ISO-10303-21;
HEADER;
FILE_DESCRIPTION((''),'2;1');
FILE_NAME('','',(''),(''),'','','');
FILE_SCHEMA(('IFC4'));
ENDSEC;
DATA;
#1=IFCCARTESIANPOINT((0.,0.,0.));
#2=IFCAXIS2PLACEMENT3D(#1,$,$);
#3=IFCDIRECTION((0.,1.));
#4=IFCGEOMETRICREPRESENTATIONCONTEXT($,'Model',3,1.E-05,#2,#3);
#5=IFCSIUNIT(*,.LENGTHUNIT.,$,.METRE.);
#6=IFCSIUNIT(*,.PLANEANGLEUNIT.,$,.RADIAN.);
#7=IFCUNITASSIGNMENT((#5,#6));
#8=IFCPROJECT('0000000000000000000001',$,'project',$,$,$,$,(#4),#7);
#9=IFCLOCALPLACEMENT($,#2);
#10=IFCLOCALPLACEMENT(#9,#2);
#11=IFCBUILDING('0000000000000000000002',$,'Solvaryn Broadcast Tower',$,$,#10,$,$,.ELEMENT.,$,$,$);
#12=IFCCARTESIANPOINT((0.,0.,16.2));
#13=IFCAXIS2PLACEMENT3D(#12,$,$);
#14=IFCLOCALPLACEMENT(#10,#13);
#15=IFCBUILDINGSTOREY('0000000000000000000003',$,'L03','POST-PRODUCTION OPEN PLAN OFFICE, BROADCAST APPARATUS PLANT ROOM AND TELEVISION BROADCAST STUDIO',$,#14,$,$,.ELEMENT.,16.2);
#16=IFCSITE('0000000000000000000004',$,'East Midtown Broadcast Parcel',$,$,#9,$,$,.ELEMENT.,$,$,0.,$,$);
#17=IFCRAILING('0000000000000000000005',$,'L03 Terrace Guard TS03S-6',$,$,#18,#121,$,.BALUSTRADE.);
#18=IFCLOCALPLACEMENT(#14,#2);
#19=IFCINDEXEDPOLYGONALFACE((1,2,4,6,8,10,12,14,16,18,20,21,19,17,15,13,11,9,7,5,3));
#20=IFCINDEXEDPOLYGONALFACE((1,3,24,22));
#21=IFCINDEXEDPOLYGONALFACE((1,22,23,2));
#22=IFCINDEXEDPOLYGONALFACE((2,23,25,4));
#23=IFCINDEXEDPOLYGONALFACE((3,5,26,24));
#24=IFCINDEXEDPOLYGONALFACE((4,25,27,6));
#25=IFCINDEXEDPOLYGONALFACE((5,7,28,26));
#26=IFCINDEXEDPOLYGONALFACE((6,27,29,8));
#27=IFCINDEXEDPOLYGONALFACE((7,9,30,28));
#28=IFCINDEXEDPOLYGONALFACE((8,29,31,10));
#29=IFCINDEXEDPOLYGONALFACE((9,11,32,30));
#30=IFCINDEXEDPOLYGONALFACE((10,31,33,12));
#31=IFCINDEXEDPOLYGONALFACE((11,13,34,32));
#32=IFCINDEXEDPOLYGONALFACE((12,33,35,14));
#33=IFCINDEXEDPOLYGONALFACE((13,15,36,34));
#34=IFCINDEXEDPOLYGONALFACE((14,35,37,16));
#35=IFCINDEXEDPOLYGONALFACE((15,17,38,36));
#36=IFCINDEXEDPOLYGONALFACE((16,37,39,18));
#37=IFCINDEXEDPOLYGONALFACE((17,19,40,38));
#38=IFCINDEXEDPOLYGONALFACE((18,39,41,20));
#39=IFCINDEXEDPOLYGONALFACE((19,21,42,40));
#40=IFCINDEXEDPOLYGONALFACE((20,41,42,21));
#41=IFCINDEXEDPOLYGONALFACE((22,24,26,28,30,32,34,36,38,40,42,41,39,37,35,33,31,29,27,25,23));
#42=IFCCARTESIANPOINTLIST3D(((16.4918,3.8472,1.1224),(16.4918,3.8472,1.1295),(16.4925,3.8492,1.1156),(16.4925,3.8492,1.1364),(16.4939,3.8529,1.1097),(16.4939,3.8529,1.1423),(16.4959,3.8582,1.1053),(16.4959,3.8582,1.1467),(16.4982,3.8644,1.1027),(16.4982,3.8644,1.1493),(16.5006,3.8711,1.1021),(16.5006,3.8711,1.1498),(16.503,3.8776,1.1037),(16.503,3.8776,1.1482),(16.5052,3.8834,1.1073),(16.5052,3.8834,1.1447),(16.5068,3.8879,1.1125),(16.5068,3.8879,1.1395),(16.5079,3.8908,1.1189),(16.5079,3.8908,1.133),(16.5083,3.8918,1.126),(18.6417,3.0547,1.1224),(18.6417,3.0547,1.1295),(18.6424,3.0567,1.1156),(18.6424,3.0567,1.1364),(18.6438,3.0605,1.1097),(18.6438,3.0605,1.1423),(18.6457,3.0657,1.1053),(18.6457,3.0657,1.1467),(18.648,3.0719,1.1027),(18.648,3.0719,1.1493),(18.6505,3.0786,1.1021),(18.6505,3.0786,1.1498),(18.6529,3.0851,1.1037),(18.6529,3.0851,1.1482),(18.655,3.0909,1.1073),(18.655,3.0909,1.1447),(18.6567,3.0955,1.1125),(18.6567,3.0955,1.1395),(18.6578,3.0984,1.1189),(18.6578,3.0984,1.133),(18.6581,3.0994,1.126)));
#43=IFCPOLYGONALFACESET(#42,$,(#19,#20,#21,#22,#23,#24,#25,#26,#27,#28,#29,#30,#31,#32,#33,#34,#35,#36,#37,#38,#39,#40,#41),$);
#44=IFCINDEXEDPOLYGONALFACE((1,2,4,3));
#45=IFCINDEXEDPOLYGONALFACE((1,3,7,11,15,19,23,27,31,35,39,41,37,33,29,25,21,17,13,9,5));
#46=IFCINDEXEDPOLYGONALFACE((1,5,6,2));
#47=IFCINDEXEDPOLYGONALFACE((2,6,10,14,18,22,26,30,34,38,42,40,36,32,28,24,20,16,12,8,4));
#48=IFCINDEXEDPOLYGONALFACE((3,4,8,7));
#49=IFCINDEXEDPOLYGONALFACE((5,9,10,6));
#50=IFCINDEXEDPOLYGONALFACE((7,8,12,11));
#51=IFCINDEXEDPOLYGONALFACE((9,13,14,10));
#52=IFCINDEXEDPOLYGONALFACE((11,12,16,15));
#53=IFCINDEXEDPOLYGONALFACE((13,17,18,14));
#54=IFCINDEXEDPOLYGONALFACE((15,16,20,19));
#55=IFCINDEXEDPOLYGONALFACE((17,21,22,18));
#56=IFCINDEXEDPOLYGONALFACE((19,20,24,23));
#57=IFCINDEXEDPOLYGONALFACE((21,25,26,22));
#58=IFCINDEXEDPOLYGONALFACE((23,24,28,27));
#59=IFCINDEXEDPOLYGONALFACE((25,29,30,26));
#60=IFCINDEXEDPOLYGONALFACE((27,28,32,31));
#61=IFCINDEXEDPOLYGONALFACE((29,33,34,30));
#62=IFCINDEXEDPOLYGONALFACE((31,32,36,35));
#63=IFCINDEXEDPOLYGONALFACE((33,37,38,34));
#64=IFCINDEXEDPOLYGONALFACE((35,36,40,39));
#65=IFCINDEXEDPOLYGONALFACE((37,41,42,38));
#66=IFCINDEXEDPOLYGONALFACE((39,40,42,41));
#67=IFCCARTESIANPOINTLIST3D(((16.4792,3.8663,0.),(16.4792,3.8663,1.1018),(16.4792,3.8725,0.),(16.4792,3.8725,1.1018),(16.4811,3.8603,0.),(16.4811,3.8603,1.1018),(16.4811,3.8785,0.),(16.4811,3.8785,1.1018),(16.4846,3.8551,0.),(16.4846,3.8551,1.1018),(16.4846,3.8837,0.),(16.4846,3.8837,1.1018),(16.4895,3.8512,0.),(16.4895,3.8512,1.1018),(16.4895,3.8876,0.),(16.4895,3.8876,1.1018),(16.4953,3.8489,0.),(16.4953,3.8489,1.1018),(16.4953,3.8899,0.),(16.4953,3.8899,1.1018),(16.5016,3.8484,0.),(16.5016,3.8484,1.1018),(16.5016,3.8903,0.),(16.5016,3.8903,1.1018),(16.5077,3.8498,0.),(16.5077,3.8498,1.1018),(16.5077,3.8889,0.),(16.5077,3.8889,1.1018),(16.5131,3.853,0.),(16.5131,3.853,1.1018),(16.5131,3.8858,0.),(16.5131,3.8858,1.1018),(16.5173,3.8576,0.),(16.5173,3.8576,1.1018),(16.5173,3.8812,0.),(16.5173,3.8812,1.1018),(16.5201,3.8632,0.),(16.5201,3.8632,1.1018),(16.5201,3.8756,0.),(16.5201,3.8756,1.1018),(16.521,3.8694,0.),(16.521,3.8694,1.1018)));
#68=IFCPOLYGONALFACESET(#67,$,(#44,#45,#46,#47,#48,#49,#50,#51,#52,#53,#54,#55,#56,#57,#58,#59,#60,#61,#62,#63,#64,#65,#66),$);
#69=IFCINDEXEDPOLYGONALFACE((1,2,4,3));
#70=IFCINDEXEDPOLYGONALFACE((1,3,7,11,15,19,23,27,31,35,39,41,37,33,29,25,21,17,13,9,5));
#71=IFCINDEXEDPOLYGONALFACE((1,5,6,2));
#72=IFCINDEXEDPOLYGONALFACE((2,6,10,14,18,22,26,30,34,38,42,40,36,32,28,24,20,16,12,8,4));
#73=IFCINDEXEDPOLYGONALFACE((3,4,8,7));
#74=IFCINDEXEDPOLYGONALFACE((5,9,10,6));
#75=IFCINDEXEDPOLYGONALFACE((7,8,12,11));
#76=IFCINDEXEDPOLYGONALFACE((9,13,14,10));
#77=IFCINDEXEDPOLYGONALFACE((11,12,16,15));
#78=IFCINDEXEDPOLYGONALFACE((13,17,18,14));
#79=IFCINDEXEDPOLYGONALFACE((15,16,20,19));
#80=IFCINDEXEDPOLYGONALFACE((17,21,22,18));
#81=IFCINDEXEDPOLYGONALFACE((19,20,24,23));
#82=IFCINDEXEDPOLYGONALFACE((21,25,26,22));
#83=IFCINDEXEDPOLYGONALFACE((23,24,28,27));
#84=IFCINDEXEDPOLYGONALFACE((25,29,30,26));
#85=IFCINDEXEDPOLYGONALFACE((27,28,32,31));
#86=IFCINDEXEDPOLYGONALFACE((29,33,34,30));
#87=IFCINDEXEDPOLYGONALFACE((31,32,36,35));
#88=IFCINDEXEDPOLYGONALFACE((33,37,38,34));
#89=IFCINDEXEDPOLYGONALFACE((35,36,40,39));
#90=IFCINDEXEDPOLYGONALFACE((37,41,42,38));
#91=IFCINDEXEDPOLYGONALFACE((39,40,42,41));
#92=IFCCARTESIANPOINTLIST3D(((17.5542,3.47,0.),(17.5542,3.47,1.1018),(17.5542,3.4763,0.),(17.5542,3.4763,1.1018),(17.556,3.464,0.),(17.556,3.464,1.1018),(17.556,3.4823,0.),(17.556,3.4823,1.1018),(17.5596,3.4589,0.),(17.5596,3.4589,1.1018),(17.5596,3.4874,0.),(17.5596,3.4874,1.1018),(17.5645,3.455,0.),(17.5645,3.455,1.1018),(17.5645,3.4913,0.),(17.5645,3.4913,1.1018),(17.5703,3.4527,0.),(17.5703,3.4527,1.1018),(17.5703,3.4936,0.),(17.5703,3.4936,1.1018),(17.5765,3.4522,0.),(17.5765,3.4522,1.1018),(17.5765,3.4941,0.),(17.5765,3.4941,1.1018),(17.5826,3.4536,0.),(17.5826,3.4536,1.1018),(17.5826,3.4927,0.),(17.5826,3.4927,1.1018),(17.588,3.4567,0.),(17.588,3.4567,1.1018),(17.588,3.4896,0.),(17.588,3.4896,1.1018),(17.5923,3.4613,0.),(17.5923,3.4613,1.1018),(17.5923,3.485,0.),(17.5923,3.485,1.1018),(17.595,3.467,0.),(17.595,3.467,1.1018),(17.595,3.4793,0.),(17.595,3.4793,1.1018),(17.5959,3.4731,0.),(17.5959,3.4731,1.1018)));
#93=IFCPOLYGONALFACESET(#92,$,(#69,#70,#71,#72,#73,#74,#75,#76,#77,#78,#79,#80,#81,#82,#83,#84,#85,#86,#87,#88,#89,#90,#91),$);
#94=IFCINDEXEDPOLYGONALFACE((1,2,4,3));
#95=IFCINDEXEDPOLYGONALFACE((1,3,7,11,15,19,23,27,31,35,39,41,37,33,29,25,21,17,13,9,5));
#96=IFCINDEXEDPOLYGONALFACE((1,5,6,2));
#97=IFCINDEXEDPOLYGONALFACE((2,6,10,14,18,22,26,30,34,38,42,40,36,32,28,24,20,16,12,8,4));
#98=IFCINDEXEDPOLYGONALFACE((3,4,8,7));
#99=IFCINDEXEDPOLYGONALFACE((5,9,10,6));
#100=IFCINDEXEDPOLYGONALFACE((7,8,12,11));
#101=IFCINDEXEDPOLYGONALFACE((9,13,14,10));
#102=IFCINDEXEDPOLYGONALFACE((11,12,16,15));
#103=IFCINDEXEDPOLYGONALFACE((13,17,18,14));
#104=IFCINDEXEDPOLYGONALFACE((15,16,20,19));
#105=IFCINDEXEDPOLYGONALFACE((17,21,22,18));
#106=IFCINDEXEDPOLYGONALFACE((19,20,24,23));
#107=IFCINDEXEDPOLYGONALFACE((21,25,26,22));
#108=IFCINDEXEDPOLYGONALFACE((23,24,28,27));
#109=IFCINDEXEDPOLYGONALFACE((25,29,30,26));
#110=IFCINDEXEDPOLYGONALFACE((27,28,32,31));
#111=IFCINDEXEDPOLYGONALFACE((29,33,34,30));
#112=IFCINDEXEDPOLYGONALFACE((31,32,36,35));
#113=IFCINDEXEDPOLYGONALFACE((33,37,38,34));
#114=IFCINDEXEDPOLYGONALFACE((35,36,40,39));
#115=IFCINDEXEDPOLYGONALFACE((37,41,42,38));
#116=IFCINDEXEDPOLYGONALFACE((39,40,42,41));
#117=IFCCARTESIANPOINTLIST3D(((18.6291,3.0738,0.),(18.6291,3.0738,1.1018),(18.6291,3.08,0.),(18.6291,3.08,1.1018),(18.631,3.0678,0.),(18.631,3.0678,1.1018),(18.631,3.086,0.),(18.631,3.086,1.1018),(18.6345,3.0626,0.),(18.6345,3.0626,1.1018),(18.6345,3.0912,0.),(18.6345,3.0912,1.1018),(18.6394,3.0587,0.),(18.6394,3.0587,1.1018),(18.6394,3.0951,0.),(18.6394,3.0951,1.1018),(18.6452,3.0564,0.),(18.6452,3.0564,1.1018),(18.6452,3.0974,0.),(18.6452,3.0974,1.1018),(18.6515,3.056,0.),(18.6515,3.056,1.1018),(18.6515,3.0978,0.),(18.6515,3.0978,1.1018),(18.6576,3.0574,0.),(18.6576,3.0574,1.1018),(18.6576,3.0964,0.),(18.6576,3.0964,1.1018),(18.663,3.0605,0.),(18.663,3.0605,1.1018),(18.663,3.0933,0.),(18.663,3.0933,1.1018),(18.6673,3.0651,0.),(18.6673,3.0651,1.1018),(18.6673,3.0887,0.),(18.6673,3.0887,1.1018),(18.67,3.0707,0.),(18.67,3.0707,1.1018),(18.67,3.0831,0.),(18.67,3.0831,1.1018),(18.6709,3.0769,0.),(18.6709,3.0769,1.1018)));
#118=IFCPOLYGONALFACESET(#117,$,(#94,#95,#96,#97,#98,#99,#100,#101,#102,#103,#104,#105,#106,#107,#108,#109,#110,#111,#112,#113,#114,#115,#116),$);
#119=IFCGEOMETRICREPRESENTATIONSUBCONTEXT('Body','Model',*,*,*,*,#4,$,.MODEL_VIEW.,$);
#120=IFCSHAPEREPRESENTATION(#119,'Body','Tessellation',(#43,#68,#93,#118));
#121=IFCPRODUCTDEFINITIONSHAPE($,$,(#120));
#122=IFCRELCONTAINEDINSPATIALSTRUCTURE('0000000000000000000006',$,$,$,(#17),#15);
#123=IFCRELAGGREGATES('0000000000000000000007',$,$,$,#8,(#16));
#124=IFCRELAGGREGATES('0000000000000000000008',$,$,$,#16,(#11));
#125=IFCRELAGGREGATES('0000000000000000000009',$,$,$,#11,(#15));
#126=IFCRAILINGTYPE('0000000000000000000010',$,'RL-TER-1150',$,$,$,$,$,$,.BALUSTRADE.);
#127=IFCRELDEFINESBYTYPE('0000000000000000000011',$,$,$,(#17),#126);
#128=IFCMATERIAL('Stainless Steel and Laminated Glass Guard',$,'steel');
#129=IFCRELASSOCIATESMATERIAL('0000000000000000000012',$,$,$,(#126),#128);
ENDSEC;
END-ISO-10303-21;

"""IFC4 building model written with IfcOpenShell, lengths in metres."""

from ifc_helpers import new_model, si_unit, direction, frame, origin, origin_2d, place, context, subcontext, project, spatial, circle, extrude, material, type_object, element, save


model = new_model("IFC4")

# Units and contexts
model_context = context("Model", 3, precision=1e-05, world=origin(), true_north=direction((0.0, 1.0)))
body_context = subcontext(model_context, "Body", "Model", "MODEL_VIEW")
ifc_project = project(units=[si_unit("LENGTHUNIT", "METRE"), si_unit("PLANEANGLEUNIT", "RADIAN")], contexts=[model_context])

# Site, building, storey
site_placement = place(None, origin())
site = spatial("IfcSite", under=ifc_project, at=site_placement, Name="East Midtown Broadcast Parcel", CompositionType="ELEMENT", RefElevation=0.0)
building_placement = place(site_placement, origin())
building = spatial("IfcBuilding", under=site, at=building_placement, Name="Solvaryn Broadcast Tower", CompositionType="ELEMENT")
storey_placement = place(building_placement, frame((0.0, 0.0, 16.2)))
storey = spatial("IfcBuildingStorey", under=building, at=storey_placement, Name="L03", Description="POST-PRODUCTION OPEN PLAN OFFICE, BROADCAST APPARATUS PLANT ROOM AND TELEVISION BROADCAST STUDIO", CompositionType="ELEMENT", Elevation=16.2)

# Railing
ifc_material_1 = material(Name="Stainless Steel and Laminated Glass Guard", Category="steel")
railing_type = type_object("IfcRailingType", Name="RL-TER-1150", PredefinedType="BALUSTRADE", material=ifc_material_1)
railing_1_placement = place(storey_placement, frame((16.5, 3.8694, 0.0)))
element("IfcRailing", 1, at=railing_1_placement, inside=storey, type_object=railing_type, Name="L03 Terrace Guard TS03S-6", PredefinedType="BALUSTRADE", context=body_context, shape_type="SweptSolid", body=[
    extrude(circle(Radius=0.0239, at=origin_2d()), frame((0.0, 0.0, 1.126), z_axis=(0.938285, -0.345863, 0.0), x_axis=(0.345863, 0.938285, 0.0)), (0.0, 0.0, 1.0), 2.2913),
    extrude(circle(Radius=0.021, at=origin_2d()), origin(), (0.0, 0.0, 1.0), 1.1018),
    extrude(circle(Radius=0.021, at=origin_2d()), frame((1.075, -0.3962, 0.0)), (0.0, 0.0, 1.0), 1.1018),
    extrude(circle(Radius=0.021, at=origin_2d()), frame((2.1499, -0.7925, 0.0)), (0.0, 0.0, 1.0), 1.1018),
])

save(model, "model.ifc")
